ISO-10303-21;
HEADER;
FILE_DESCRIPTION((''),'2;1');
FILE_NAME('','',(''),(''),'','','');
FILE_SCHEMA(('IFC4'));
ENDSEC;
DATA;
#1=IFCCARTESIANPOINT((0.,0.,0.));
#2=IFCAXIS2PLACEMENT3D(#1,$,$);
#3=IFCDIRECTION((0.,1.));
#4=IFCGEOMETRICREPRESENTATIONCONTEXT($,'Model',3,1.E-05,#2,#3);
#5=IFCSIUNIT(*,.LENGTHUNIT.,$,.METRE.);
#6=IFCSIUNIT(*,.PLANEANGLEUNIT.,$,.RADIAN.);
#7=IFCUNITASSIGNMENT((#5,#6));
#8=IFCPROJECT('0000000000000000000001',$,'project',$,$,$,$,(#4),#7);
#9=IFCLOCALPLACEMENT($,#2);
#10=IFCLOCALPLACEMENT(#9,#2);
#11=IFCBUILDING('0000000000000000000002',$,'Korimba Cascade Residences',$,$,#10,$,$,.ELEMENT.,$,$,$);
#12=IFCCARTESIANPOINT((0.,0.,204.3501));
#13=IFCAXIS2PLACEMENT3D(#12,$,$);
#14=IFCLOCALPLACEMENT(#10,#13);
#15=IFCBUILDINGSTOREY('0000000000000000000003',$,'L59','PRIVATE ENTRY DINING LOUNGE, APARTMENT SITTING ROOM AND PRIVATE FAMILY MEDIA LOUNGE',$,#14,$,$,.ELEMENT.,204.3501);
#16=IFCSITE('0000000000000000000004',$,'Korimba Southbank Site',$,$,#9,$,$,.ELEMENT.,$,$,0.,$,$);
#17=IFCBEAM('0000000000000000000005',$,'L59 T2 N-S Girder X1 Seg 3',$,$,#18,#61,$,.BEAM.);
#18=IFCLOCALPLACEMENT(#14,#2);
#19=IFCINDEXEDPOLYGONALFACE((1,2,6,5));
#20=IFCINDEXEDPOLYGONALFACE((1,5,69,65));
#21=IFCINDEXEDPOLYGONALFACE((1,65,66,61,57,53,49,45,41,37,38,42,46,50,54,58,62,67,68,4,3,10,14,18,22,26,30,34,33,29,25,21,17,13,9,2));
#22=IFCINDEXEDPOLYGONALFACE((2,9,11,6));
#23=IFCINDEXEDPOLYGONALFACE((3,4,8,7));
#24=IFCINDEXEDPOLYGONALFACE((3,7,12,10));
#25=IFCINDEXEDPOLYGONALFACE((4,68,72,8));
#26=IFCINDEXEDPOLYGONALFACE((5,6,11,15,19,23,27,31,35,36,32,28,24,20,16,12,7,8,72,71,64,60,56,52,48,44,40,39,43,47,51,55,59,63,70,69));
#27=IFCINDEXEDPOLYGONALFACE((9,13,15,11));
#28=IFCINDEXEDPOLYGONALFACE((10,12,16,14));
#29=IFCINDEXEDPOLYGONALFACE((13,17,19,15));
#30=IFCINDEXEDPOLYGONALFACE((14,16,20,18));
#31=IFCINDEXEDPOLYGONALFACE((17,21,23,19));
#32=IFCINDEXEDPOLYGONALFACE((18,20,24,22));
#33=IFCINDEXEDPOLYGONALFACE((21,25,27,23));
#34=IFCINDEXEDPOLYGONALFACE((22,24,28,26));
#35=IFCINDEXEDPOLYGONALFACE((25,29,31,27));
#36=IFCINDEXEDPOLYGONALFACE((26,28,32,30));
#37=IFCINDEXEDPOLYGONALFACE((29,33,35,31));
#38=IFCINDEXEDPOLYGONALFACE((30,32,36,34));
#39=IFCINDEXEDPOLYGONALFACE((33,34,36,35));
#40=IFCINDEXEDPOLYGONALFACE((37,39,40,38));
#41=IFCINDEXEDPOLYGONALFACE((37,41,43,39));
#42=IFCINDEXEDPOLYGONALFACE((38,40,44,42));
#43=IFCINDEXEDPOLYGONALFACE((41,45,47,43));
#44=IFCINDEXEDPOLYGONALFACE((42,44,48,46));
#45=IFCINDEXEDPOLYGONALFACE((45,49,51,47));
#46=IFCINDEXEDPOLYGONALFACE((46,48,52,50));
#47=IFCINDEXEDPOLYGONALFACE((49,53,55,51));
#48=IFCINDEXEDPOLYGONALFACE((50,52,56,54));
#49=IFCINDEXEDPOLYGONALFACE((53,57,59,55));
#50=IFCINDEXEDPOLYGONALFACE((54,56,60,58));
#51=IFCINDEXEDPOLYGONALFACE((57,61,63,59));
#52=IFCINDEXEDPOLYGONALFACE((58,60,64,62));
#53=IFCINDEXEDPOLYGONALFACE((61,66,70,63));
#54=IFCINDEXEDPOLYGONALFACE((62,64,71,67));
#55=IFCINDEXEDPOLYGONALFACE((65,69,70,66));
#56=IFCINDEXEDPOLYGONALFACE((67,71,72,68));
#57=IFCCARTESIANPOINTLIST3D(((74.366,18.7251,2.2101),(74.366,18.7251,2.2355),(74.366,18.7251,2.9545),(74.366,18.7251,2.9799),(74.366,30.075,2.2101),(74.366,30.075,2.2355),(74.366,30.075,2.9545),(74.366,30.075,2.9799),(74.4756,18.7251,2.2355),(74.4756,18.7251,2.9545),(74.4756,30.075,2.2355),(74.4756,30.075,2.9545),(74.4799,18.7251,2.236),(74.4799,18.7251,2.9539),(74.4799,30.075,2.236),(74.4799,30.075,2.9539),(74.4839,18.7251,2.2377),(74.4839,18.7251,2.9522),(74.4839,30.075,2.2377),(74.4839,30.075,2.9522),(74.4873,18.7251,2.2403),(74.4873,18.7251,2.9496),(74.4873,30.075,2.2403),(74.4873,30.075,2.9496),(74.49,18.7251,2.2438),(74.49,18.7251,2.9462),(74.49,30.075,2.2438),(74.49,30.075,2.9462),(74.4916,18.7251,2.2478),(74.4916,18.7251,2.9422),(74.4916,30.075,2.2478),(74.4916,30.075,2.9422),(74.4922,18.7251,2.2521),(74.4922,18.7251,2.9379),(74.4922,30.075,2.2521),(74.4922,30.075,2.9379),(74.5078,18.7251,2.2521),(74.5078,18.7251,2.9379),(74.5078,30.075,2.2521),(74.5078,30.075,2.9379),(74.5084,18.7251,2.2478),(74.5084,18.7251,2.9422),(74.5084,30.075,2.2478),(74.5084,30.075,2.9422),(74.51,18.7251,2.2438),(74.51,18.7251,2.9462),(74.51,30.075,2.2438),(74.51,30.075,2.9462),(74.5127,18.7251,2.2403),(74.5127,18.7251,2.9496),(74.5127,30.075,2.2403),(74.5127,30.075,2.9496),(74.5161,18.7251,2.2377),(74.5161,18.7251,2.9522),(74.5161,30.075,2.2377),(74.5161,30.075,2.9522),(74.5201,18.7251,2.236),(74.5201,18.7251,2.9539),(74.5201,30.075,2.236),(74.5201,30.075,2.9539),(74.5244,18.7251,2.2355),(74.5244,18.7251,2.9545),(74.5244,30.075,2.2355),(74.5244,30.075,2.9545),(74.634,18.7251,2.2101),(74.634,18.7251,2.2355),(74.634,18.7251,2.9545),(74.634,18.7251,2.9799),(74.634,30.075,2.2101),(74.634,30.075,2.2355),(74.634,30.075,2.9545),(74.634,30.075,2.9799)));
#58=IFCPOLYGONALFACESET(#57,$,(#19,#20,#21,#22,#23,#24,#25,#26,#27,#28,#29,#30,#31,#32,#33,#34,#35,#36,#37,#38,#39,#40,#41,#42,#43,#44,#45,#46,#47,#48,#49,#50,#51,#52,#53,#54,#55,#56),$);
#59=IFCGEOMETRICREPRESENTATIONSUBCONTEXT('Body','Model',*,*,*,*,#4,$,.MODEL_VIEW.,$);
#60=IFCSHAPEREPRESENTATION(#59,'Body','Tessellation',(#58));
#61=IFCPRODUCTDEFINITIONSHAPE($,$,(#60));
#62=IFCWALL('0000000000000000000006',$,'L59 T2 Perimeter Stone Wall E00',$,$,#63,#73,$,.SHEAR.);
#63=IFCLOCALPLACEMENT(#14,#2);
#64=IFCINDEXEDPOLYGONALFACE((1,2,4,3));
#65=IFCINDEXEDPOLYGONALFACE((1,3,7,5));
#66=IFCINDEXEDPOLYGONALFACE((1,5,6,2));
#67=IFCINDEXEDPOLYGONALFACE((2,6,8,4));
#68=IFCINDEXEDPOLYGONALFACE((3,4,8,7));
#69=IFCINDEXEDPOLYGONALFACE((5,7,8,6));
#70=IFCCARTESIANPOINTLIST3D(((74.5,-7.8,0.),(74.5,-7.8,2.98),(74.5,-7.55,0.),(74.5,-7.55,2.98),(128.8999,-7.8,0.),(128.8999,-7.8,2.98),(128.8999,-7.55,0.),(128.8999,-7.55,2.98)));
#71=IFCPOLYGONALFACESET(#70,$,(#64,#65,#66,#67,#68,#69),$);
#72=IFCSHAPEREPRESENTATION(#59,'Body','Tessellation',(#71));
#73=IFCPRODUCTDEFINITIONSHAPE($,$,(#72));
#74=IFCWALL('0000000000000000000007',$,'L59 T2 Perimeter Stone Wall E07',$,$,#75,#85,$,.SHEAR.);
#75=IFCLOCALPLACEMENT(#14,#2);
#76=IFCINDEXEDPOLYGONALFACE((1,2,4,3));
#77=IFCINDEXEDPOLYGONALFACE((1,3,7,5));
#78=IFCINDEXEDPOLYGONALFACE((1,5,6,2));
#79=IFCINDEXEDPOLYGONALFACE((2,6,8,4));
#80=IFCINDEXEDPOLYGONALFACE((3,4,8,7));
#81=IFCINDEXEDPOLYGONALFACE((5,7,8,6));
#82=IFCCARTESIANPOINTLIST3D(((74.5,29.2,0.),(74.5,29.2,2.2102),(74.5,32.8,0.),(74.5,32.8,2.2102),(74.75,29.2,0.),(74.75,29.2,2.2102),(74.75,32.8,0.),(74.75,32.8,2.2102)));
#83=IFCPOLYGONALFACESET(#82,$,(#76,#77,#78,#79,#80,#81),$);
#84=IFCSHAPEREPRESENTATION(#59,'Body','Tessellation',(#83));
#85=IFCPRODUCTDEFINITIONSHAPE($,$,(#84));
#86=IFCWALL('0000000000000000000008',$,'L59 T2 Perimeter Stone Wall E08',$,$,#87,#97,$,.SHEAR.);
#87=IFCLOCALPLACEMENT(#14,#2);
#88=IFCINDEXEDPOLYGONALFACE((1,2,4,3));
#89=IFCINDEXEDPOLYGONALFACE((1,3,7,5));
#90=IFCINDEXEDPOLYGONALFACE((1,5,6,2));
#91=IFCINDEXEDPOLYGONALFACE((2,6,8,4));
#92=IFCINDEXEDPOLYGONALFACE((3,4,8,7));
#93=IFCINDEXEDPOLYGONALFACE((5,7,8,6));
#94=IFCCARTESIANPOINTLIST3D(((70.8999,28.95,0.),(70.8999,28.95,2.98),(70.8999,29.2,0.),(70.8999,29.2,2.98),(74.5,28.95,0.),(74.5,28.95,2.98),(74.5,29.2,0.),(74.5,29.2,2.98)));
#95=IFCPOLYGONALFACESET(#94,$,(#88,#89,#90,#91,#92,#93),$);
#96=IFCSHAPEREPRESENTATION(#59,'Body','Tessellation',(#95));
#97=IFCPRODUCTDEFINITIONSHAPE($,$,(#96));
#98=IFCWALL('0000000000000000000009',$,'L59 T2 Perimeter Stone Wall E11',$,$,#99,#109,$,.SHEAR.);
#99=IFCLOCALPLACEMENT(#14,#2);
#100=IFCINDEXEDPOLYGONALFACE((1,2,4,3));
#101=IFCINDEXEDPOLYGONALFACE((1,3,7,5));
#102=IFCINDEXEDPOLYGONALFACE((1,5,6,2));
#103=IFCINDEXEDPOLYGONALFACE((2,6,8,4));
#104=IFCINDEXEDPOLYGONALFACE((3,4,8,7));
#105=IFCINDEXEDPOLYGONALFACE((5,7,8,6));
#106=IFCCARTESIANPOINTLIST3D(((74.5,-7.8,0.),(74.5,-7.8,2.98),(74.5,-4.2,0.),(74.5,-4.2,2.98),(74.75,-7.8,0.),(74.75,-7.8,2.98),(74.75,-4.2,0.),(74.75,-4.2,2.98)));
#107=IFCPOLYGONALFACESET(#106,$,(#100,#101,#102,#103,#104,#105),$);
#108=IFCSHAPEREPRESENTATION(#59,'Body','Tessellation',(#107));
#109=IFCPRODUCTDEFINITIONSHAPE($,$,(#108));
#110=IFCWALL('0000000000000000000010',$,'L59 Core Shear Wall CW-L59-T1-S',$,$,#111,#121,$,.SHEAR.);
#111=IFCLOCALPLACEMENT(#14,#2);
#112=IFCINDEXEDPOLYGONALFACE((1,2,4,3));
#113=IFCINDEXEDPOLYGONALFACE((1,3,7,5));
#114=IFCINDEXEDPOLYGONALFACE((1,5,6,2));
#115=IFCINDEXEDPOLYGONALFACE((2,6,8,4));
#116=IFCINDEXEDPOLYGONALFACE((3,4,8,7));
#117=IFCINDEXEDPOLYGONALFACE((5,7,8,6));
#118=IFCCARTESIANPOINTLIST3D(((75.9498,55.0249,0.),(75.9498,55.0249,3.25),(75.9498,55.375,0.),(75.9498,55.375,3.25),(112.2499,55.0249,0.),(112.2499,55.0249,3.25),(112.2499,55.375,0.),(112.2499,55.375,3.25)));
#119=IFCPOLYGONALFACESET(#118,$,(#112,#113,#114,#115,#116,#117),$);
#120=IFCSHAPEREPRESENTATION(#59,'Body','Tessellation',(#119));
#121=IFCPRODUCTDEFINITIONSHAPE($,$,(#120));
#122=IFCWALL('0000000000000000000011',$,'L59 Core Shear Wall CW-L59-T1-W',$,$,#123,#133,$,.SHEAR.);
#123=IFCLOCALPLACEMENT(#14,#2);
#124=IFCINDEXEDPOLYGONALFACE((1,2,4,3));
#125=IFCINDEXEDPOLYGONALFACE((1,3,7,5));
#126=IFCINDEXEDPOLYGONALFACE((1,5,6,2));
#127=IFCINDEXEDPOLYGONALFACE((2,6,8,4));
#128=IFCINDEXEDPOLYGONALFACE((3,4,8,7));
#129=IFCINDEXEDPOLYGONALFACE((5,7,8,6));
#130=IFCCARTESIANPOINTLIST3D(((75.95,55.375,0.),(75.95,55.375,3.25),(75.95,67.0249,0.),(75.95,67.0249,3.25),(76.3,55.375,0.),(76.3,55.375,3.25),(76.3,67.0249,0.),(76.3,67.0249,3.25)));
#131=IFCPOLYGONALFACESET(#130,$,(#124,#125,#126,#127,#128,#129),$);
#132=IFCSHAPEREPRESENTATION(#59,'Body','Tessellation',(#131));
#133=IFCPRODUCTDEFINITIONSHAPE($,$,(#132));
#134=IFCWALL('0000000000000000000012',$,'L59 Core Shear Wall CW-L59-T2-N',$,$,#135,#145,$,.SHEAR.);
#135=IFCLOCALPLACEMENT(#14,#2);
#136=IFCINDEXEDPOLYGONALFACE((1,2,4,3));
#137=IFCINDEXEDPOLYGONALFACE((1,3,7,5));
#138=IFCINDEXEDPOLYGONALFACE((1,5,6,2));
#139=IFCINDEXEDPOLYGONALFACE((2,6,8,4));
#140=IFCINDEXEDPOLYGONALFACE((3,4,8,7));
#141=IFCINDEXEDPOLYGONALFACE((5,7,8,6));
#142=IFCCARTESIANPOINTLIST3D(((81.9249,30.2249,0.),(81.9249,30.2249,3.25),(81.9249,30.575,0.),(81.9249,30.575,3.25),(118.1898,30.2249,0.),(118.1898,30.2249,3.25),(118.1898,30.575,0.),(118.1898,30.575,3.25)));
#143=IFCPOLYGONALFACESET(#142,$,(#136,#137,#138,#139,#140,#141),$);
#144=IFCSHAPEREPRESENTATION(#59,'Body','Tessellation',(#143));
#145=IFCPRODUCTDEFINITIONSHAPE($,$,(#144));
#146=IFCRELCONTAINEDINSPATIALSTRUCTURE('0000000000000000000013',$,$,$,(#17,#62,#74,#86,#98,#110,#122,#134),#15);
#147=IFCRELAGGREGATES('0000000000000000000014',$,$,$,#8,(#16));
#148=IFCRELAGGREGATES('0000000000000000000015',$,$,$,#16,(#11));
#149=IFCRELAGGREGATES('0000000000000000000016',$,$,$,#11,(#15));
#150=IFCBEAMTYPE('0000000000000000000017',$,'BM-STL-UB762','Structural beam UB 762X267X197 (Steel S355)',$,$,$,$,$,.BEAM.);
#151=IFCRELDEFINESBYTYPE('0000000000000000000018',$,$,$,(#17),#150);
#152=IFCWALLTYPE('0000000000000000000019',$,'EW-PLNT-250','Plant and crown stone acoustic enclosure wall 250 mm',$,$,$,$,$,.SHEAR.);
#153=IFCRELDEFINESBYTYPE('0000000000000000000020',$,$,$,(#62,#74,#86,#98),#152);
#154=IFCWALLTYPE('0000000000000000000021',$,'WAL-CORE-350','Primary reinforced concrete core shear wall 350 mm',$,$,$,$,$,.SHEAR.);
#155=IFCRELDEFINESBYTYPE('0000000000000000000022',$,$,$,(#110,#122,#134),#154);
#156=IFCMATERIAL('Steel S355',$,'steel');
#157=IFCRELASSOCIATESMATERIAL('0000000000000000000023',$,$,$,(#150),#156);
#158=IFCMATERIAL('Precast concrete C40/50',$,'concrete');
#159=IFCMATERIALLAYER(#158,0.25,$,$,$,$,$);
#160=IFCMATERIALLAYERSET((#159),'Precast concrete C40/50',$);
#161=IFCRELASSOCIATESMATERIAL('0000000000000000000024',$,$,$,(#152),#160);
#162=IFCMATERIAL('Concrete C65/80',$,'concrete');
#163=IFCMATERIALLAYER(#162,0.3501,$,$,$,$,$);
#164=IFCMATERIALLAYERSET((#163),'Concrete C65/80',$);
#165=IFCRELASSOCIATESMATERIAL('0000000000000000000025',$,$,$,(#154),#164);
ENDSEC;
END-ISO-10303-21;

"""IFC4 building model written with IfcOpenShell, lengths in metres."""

from ifc_helpers import new_model, si_unit, direction, frame, frame_2d, origin, origin_2d, place, context, subcontext, project, spatial, rectangle, i_section, extrude, material, layer, layer_set, material_profile, profile_set, type_object, element, save


model = new_model("IFC4")

# Units and contexts
model_context = context("Model", 3, precision=1e-05, world=origin(), true_north=direction((0.0, 1.0)))
body_context = subcontext(model_context, "Body", "Model", "MODEL_VIEW")
ifc_project = project(units=[si_unit("LENGTHUNIT", "METRE"), si_unit("PLANEANGLEUNIT", "RADIAN")], contexts=[model_context])

# Site, building, storey
site_placement = place(None, origin())
site = spatial("IfcSite", under=ifc_project, at=site_placement, Name="Korimba Southbank Site", CompositionType="ELEMENT", RefElevation=0.0)
building_placement = place(site_placement, origin())
building = spatial("IfcBuilding", under=site, at=building_placement, Name="Korimba Cascade Residences", CompositionType="ELEMENT")
storey_placement = place(building_placement, frame((0.0, 0.0, 204.3501)))
storey = spatial("IfcBuildingStorey", under=building, at=storey_placement, Name="L59", Description="PRIVATE ENTRY DINING LOUNGE, APARTMENT SITTING ROOM AND PRIVATE FAMILY MEDIA LOUNGE", CompositionType="ELEMENT", Elevation=204.3501)

# Shared definitions
ifc_material_1 = material(Name="Concrete C65/80", Category="concrete")

# Beam
ifc_material_2 = material(Name="Steel S355", Category="steel")
ifc_material_profile_1 = material_profile(ifc_material_2, i_section(OverallWidth=0.2681, OverallDepth=0.7698, WebThickness=0.0156, FlangeThickness=0.0254, FilletRadius=0.0166, at=origin_2d()), Name="Steel S355")
ifc_profile_set_1 = profile_set([ifc_material_profile_1], Name="Steel S355")
beam_type_1 = type_object("IfcBeamType", Name="BM-STL-UB762", Description="Structural beam UB 762X267X197 (Steel S355)", PredefinedType="BEAM", material=ifc_profile_set_1)
beam_1_placement = place(storey_placement, frame((74.5, 18.7251, 2.595), z_axis=(0.0, 1.0, 0.0), x_axis=(-1.0, 0.0, 0.0)))
element("IfcBeam", 1, at=beam_1_placement, inside=storey, type_object=beam_type_1, Name="L59 T2 N-S Girder X1 Seg 3", PredefinedType="BEAM", context=body_context, shape_type="SweptSolid", body=[
    extrude(i_section(OverallWidth=0.2681, OverallDepth=0.7698, WebThickness=0.0156, FlangeThickness=0.0254, FilletRadius=0.0166, at=origin_2d()), origin(), (0.0, 0.0, 1.0), 11.3499),
])

# Walls
ifc_material_3 = material(Name="Precast concrete C40/50", Category="concrete")
ifc_layer_1 = layer(ifc_material_3, 0.25)
ifc_layer_set_1 = layer_set([ifc_layer_1], Name="Precast concrete C40/50")
wall_type_1 = type_object("IfcWallType", Name="EW-PLNT-250", Description="Plant and crown stone acoustic enclosure wall 250 mm", PredefinedType="SHEAR", material=ifc_layer_set_1)
wall_1_placement = place(storey_placement, frame((74.5, -7.675, 0.0), z_axis=(0.0, 0.0, 1.0), x_axis=(1.0, 0.0, 0.0)))
element("IfcWall", 2, at=wall_1_placement, inside=storey, type_object=wall_type_1, Name="L59 T2 Perimeter Stone Wall E00", PredefinedType="SHEAR", context=body_context, shape_type="SweptSolid", body=[
    extrude(rectangle(XDim=54.3999, YDim=0.25, at=frame_2d((27.2, 0.0))), origin(), (0.0, 0.0, 1.0), 2.98),
])
wall_2_placement = place(storey_placement, frame((74.625, 32.8, 0.0), z_axis=(0.0, 0.0, 1.0), x_axis=(0.0, -1.0, 0.0)))
element("IfcWall", 3, at=wall_2_placement, inside=storey, type_object=wall_type_1, Name="L59 T2 Perimeter Stone Wall E07", PredefinedType="SHEAR", context=body_context, shape_type="SweptSolid", body=[
    extrude(rectangle(XDim=3.6001, YDim=0.25, at=frame_2d((1.8, 0.0))), origin(), (0.0, 0.0, 1.0), 2.2102),
])
for number, where, z_axis, x_axis, name in (
    (4, (74.5, 29.075, 0.0), (0.0, 0.0, 1.0), (-1.0, 0.0, 0.0), "L59 T2 Perimeter Stone Wall E08"),
    (5, (74.625, -4.2, 0.0), (0.0, 0.0, 1.0), (0.0, -1.0, 0.0), "L59 T2 Perimeter Stone Wall E11"),
):
    element("IfcWall", number, at=place(storey_placement, frame(where, z_axis=z_axis, x_axis=x_axis)), inside=storey, type_object=wall_type_1, Name=name, PredefinedType="SHEAR", context=body_context, shape_type="SweptSolid", body=[
        extrude(rectangle(XDim=3.6001, YDim=0.25, at=frame_2d((1.8, 0.0))), origin(), (0.0, 0.0, 1.0), 2.98),
    ])
ifc_layer_2 = layer(ifc_material_1, 0.3501)
ifc_layer_set_2 = layer_set([ifc_layer_2], Name="Concrete C65/80")
wall_type_2 = type_object("IfcWallType", Name="WAL-CORE-350", Description="Primary reinforced concrete core shear wall 350 mm", PredefinedType="SHEAR", material=ifc_layer_set_2)
wall_3_placement = place(storey_placement, frame((75.95, 55.2, 0.0), z_axis=(0.0, 0.0, 1.0), x_axis=(1.0, 0.0, 0.0)))
element("IfcWall", 6, at=wall_3_placement, inside=storey, type_object=wall_type_2, Name="L59 Core Shear Wall CW-L59-T1-S", PredefinedType="SHEAR", context=body_context, shape_type="SweptSolid", body=[
    extrude(rectangle(XDim=36.3, YDim=0.3501, at=frame_2d((18.1499, 0.0))), origin(), (0.0, 0.0, 1.0), 3.25),
])
wall_4_placement = place(storey_placement, frame((76.125, 55.375, 0.0), z_axis=(0.0, 0.0, 1.0), x_axis=(0.0, 1.0, 0.0)))
element("IfcWall", 7, at=wall_4_placement, inside=storey, type_object=wall_type_2, Name="L59 Core Shear Wall CW-L59-T1-W", PredefinedType="SHEAR", context=body_context, shape_type="SweptSolid", body=[
    extrude(rectangle(XDim=11.6499, YDim=0.3501, at=frame_2d((5.825, 0.0))), origin(), (0.0, 0.0, 1.0), 3.25),
])
wall_5_placement = place(storey_placement, frame((81.925, 30.3999, 0.0), z_axis=(0.0, 0.0, 1.0), x_axis=(1.0, 0.0, 0.0)))
element("IfcWall", 8, at=wall_5_placement, inside=storey, type_object=wall_type_2, Name="L59 Core Shear Wall CW-L59-T2-N", PredefinedType="SHEAR", context=body_context, shape_type="SweptSolid", body=[
    extrude(rectangle(XDim=36.2649, YDim=0.3501, at=frame_2d((18.1323, 0.0))), origin(), (0.0, 0.0, 1.0), 3.25),
])

save(model, "model.ifc")
